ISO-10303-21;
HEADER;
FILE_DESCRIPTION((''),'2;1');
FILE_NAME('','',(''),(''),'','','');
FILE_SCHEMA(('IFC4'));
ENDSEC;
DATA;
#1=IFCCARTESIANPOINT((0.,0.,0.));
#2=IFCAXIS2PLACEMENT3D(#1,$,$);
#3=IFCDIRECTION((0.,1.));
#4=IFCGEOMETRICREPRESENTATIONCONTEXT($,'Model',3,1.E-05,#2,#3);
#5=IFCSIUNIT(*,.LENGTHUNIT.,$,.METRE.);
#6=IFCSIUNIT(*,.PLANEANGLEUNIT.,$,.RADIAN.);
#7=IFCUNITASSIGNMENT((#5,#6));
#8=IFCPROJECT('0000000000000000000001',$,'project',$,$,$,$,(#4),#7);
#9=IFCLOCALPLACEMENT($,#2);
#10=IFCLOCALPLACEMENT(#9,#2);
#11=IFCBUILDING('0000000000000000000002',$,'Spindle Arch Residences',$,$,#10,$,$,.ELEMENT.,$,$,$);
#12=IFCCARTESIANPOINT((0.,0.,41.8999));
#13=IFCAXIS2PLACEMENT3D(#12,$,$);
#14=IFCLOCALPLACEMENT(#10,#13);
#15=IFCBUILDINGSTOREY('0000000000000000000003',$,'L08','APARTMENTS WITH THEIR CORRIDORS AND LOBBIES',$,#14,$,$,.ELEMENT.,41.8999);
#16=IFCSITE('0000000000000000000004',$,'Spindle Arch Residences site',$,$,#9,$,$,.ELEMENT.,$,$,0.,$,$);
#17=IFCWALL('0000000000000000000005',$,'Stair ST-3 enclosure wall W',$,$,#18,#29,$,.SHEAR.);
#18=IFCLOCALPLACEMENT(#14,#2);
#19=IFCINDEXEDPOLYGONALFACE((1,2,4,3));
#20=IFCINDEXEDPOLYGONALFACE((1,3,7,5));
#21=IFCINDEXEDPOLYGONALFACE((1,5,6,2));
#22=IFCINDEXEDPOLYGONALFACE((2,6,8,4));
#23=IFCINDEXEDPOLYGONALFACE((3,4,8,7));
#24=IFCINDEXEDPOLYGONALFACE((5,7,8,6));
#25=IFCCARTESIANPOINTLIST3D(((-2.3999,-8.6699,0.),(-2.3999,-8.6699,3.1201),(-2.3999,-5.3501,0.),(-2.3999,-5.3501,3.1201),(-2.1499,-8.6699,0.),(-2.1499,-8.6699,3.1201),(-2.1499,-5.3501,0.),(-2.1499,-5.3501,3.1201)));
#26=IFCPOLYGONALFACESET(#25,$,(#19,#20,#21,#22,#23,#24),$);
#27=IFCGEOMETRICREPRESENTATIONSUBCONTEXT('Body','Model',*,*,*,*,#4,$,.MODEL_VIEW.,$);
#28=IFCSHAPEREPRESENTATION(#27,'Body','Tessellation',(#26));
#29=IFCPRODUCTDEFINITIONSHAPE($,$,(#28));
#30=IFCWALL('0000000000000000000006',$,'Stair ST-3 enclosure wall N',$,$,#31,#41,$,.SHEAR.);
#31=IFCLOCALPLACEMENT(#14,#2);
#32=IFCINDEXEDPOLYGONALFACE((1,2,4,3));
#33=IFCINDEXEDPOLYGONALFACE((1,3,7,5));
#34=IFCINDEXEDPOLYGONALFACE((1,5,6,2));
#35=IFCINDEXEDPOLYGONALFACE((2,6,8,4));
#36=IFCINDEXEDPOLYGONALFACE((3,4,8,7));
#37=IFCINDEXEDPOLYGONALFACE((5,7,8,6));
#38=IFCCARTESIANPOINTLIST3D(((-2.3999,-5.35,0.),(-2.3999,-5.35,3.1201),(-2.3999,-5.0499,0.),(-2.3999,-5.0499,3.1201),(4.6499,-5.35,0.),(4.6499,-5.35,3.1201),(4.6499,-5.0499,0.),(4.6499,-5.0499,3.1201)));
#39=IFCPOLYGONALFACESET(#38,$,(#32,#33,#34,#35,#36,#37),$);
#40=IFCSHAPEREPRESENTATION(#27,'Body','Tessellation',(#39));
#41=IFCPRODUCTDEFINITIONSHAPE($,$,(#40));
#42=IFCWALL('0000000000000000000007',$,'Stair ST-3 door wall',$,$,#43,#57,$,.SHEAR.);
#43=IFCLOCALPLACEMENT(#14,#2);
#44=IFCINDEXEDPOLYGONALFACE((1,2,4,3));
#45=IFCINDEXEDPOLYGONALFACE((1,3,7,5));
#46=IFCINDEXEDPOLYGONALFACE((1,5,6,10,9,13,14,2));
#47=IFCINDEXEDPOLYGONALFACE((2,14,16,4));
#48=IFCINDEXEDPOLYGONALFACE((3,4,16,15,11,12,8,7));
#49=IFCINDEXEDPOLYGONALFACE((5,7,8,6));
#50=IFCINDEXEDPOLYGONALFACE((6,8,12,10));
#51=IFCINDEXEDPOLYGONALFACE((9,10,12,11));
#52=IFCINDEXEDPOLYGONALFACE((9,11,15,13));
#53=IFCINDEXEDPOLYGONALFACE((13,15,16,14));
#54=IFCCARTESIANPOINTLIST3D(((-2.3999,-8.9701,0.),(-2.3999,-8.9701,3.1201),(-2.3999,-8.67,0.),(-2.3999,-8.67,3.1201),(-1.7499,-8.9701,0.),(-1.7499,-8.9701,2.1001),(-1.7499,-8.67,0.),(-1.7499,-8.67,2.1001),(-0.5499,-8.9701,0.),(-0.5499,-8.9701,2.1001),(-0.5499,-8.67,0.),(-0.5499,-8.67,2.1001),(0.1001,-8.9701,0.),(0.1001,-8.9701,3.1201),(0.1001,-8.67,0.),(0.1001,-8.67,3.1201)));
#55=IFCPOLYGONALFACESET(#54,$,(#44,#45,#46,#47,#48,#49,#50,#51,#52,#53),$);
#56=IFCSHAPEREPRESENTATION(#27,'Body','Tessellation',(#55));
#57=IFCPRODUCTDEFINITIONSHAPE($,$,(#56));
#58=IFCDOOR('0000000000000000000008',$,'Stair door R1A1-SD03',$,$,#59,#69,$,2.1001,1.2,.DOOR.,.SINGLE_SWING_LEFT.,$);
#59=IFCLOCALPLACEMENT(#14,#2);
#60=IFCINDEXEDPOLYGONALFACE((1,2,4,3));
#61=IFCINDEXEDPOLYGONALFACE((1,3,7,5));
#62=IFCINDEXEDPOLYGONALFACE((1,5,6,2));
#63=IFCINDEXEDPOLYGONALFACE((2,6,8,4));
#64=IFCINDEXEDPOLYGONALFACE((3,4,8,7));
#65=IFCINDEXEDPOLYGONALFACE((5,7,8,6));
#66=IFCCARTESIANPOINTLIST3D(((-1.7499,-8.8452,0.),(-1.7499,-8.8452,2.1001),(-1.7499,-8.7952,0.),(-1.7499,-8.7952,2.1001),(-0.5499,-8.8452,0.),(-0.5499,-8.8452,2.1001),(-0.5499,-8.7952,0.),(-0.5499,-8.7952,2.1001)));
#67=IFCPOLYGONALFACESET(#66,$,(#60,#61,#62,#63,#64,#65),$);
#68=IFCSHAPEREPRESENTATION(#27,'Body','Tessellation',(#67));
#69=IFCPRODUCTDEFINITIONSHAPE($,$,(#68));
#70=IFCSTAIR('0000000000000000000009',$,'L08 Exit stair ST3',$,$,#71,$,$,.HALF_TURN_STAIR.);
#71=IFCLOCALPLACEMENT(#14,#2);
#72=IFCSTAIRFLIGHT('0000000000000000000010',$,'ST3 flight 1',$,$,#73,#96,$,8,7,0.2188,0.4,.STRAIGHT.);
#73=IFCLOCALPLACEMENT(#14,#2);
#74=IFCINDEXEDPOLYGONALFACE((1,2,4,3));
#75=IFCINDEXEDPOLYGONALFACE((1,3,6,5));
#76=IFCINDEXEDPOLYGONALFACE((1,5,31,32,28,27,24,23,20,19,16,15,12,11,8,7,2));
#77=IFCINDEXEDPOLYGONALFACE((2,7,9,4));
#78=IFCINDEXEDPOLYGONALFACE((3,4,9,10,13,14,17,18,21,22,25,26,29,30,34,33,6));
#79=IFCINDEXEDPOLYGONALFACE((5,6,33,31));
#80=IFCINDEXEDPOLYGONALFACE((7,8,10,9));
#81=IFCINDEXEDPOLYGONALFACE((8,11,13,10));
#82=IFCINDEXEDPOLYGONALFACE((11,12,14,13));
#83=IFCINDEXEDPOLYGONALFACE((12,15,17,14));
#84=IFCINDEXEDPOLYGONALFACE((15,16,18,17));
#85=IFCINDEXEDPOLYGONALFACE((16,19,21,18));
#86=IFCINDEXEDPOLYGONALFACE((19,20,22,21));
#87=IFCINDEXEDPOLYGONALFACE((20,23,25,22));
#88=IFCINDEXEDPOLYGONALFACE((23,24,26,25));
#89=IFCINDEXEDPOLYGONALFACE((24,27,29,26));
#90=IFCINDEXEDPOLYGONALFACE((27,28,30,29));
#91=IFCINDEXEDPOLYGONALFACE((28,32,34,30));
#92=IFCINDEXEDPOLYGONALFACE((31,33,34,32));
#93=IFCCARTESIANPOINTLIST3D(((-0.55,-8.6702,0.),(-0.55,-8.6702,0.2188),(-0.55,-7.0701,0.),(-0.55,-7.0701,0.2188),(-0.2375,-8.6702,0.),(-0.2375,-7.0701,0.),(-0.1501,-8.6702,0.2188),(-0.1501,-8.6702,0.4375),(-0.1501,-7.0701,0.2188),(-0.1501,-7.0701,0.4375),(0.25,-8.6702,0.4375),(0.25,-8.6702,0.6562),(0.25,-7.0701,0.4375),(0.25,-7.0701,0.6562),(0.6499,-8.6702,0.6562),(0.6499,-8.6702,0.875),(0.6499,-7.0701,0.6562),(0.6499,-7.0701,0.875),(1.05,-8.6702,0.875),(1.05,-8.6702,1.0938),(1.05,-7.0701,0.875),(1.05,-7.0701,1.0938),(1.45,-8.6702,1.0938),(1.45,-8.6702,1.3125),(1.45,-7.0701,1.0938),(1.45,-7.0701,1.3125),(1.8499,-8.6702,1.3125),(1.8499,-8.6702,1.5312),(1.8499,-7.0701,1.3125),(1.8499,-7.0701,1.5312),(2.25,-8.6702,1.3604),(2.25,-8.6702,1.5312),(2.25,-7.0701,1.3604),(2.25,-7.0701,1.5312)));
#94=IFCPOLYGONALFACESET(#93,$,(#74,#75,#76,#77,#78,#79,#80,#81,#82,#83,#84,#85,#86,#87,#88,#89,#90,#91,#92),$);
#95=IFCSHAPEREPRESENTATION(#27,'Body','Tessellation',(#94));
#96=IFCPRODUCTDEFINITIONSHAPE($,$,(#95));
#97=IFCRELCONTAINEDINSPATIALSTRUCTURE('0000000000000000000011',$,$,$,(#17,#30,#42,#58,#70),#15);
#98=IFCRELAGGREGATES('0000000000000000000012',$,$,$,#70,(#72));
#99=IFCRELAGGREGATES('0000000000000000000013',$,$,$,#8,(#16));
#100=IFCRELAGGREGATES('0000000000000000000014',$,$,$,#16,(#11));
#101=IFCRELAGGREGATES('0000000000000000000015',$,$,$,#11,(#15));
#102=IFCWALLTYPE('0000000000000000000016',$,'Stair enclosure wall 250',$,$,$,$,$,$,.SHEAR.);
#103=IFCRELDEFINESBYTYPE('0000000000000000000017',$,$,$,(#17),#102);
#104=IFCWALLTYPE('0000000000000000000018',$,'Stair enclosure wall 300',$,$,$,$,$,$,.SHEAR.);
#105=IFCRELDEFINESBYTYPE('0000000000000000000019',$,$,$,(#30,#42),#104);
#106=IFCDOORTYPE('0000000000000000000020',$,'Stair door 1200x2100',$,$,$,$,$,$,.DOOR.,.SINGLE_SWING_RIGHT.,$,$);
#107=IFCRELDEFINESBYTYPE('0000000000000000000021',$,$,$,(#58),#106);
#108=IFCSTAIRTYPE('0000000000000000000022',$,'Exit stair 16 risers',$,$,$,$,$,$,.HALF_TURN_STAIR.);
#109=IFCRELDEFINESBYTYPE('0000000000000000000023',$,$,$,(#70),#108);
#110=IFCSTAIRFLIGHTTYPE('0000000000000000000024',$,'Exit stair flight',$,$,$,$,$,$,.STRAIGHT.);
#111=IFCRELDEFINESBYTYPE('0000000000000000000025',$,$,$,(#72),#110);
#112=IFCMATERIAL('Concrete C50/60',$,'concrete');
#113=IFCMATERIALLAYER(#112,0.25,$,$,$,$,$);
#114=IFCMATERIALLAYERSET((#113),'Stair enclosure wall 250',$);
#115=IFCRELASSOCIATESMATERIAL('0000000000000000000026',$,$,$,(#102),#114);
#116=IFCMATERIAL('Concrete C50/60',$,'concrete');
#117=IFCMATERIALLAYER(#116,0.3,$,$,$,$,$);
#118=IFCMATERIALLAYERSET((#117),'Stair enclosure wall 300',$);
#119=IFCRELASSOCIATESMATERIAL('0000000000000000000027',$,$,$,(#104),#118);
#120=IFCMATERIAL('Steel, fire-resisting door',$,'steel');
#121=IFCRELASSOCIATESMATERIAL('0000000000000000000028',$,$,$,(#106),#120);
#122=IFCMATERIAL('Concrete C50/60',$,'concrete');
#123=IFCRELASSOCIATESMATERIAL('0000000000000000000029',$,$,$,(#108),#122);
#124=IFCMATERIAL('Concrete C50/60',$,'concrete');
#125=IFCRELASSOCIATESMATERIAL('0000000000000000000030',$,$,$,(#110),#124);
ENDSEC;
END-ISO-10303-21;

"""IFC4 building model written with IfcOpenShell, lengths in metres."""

from ifc_helpers import new_model, si_unit, direction, frame, frame_2d, origin, place, context, subcontext, project, spatial, polyline, rectangle, outline, extrude, material, layer, layer_set, type_object, element, fill, aggregate, save


model = new_model("IFC4")

# Units and contexts
model_context = context("Model", 3, precision=1e-05, world=origin(), true_north=direction((0.0, 1.0)))
body_context = subcontext(model_context, "Body", "Model", "MODEL_VIEW")
ifc_project = project(units=[si_unit("LENGTHUNIT", "METRE"), si_unit("PLANEANGLEUNIT", "RADIAN")], contexts=[model_context])

# Site, building, storey
site_placement = place(None, origin())
site = spatial("IfcSite", under=ifc_project, at=site_placement, Name="Spindle Arch Residences site", CompositionType="ELEMENT", RefElevation=0.0)
building_placement = place(site_placement, origin())
building = spatial("IfcBuilding", under=site, at=building_placement, Name="Spindle Arch Residences", CompositionType="ELEMENT")
storey_placement = place(building_placement, frame((0.0, 0.0, 41.8999)))
storey = spatial("IfcBuildingStorey", under=building, at=storey_placement, Name="L08", Description="APARTMENTS WITH THEIR CORRIDORS AND LOBBIES", CompositionType="ELEMENT", Elevation=41.8999)

# Walls
ifc_material_1 = material(Name="Concrete C50/60", Category="concrete")
ifc_layer_1 = layer(ifc_material_1, 0.25)
ifc_layer_set_1 = layer_set([ifc_layer_1], Name="Stair enclosure wall 250")
wall_type_1 = type_object("IfcWallType", Name="Stair enclosure wall 250", PredefinedType="SHEAR", material=ifc_layer_set_1)
wall_1_placement = place(storey_placement, frame((-2.2749, -8.6699, 0.0), z_axis=(0.0, 0.0, 1.0), x_axis=(0.0, 1.0, 0.0)))
element("IfcWall", 1, at=wall_1_placement, inside=storey, type_object=wall_type_1, Name="Stair ST-3 enclosure wall W", PredefinedType="SHEAR", context=body_context, shape_type="SweptSolid", body=[
    extrude(rectangle(XDim=3.3198, YDim=0.25, at=frame_2d((1.6599, 0.0))), origin(), (0.0, 0.0, 1.0), 3.1201),
])
ifc_material_2 = material(Name="Concrete C50/60", Category="concrete")
ifc_layer_2 = layer(ifc_material_2, 0.3)
ifc_layer_set_2 = layer_set([ifc_layer_2], Name="Stair enclosure wall 300")
wall_type_2 = type_object("IfcWallType", Name="Stair enclosure wall 300", PredefinedType="SHEAR", material=ifc_layer_set_2)
wall_2_placement = place(storey_placement, frame((-2.3999, -5.2, 0.0), z_axis=(0.0, 0.0, 1.0), x_axis=(1.0, 0.0, 0.0)))
element("IfcWall", 2, at=wall_2_placement, inside=storey, type_object=wall_type_2, Name="Stair ST-3 enclosure wall N", PredefinedType="SHEAR", context=body_context, shape_type="SweptSolid", body=[
    extrude(rectangle(XDim=7.0498, YDim=0.3, at=frame_2d((3.5249, 0.0))), origin(), (0.0, 0.0, 1.0), 3.1201),
])

# Wall, opening, door
wall_3_placement = place(storey_placement, frame((-2.3999, -8.8201, 0.0), z_axis=(0.0, 0.0, 1.0), x_axis=(1.0, 0.0, 0.0)))
wall_3 = element("IfcWall", 3, at=wall_3_placement, inside=storey, type_object=wall_type_2, Name="Stair ST-3 door wall", PredefinedType="SHEAR", context=body_context, shape_type="SweptSolid", body=[
    extrude(rectangle(XDim=2.5, YDim=0.3, at=frame_2d((1.25, 0.0))), origin(), (0.0, 0.0, 1.0), 3.1201),
])
opening_1_placement = place(wall_3_placement, frame((0.6499, 0.0, 0.0)))
opening_1 = element("IfcOpeningElement", 4, at=opening_1_placement, cuts=wall_3, PredefinedType="OPENING", context=body_context, shape_type="SweptSolid", body=[
    extrude(rectangle(XDim=1.2, YDim=2.1001, at=frame_2d((0.6001, 1.05))), frame((0.0, 0.1602, 0.0), z_axis=(0.0, -1.0, 0.0), x_axis=(1.0, 0.0, 0.0)), (0.0, 0.0, 1.0), 0.3201),
])
ifc_material_3 = material(Name="Steel, fire-resisting door", Category="steel")
door_type_1 = type_object("IfcDoorType", Name="Stair door 1200x2100", OperationType="SINGLE_SWING_RIGHT", PredefinedType="DOOR", material=ifc_material_3)
door_1_placement = place(opening_1_placement, origin())
door_1 = element("IfcDoor", 5, at=door_1_placement, inside=storey, type_object=door_type_1, Name="Stair door R1A1-SD03", OperationType="SINGLE_SWING_LEFT", OverallHeight=2.1001, OverallWidth=1.2, PredefinedType="DOOR", context=body_context, shape_type="SweptSolid", body=[
    extrude(rectangle(XDim=1.2, YDim=2.1001, at=frame_2d((0.6001, 1.05))), frame((0.0, 0.0249, 0.0), z_axis=(0.0, -1.0, 0.0), x_axis=(1.0, 0.0, 0.0)), (0.0, 0.0, 1.0), 0.05),
])
fill(opening_1, door_1)

# Stair, stair flight
ifc_material_4 = material(Name="Concrete C50/60", Category="concrete")
stair_type = type_object("IfcStairType", Name="Exit stair 16 risers", PredefinedType="HALF_TURN_STAIR", material=ifc_material_4)
stair_placement = place(storey_placement, origin())
stair = element("IfcStair", 6, at=stair_placement, inside=storey, type_object=stair_type, Name="L08 Exit stair ST3", PredefinedType="HALF_TURN_STAIR")
ifc_material_5 = material(Name="Concrete C50/60", Category="concrete")
stair_flight_type = type_object("IfcStairFlightType", Name="Exit stair flight", PredefinedType="STRAIGHT", material=ifc_material_5)
stair_flight_placement = place(storey_placement, frame((-0.55, -7.8701, 0.0), z_axis=(0.0, 0.0, 1.0), x_axis=(1.0, 0.0, 0.0)))
stair_flight = element("IfcStairFlight", 7, at=stair_flight_placement, type_object=stair_flight_type, Name="ST3 flight 1", NumberOfRisers=8, NumberOfTreads=7, PredefinedType="STRAIGHT", RiserHeight=0.2188, TreadLength=0.4, context=body_context, shape_type="SweptSolid", body=[
    extrude(outline(polyline([(0.0, 0.0), (0.0, 0.2188), (0.3999, 0.2188), (0.3999, 0.4375), (0.8, 0.4375), (0.8, 0.6562), (1.2, 0.6562), (1.2, 0.875), (1.6001, 0.875), (1.6001, 1.0938), (2.0, 1.0938), (2.0, 1.3125), (2.3999, 1.3125), (2.3999, 1.5312), (2.8, 1.5312), (2.8, 1.75), (2.8, 1.3604), (0.3125, 0.0), (0.0, 0.0)])), frame((0.0, 0.8, 0.0), z_axis=(0.0, -1.0, 0.0), x_axis=(1.0, 0.0, 0.0)), (0.0, 0.0, 1.0), 1.6001),
])
aggregate(stair, [stair_flight])

save(model, "model.ifc")
